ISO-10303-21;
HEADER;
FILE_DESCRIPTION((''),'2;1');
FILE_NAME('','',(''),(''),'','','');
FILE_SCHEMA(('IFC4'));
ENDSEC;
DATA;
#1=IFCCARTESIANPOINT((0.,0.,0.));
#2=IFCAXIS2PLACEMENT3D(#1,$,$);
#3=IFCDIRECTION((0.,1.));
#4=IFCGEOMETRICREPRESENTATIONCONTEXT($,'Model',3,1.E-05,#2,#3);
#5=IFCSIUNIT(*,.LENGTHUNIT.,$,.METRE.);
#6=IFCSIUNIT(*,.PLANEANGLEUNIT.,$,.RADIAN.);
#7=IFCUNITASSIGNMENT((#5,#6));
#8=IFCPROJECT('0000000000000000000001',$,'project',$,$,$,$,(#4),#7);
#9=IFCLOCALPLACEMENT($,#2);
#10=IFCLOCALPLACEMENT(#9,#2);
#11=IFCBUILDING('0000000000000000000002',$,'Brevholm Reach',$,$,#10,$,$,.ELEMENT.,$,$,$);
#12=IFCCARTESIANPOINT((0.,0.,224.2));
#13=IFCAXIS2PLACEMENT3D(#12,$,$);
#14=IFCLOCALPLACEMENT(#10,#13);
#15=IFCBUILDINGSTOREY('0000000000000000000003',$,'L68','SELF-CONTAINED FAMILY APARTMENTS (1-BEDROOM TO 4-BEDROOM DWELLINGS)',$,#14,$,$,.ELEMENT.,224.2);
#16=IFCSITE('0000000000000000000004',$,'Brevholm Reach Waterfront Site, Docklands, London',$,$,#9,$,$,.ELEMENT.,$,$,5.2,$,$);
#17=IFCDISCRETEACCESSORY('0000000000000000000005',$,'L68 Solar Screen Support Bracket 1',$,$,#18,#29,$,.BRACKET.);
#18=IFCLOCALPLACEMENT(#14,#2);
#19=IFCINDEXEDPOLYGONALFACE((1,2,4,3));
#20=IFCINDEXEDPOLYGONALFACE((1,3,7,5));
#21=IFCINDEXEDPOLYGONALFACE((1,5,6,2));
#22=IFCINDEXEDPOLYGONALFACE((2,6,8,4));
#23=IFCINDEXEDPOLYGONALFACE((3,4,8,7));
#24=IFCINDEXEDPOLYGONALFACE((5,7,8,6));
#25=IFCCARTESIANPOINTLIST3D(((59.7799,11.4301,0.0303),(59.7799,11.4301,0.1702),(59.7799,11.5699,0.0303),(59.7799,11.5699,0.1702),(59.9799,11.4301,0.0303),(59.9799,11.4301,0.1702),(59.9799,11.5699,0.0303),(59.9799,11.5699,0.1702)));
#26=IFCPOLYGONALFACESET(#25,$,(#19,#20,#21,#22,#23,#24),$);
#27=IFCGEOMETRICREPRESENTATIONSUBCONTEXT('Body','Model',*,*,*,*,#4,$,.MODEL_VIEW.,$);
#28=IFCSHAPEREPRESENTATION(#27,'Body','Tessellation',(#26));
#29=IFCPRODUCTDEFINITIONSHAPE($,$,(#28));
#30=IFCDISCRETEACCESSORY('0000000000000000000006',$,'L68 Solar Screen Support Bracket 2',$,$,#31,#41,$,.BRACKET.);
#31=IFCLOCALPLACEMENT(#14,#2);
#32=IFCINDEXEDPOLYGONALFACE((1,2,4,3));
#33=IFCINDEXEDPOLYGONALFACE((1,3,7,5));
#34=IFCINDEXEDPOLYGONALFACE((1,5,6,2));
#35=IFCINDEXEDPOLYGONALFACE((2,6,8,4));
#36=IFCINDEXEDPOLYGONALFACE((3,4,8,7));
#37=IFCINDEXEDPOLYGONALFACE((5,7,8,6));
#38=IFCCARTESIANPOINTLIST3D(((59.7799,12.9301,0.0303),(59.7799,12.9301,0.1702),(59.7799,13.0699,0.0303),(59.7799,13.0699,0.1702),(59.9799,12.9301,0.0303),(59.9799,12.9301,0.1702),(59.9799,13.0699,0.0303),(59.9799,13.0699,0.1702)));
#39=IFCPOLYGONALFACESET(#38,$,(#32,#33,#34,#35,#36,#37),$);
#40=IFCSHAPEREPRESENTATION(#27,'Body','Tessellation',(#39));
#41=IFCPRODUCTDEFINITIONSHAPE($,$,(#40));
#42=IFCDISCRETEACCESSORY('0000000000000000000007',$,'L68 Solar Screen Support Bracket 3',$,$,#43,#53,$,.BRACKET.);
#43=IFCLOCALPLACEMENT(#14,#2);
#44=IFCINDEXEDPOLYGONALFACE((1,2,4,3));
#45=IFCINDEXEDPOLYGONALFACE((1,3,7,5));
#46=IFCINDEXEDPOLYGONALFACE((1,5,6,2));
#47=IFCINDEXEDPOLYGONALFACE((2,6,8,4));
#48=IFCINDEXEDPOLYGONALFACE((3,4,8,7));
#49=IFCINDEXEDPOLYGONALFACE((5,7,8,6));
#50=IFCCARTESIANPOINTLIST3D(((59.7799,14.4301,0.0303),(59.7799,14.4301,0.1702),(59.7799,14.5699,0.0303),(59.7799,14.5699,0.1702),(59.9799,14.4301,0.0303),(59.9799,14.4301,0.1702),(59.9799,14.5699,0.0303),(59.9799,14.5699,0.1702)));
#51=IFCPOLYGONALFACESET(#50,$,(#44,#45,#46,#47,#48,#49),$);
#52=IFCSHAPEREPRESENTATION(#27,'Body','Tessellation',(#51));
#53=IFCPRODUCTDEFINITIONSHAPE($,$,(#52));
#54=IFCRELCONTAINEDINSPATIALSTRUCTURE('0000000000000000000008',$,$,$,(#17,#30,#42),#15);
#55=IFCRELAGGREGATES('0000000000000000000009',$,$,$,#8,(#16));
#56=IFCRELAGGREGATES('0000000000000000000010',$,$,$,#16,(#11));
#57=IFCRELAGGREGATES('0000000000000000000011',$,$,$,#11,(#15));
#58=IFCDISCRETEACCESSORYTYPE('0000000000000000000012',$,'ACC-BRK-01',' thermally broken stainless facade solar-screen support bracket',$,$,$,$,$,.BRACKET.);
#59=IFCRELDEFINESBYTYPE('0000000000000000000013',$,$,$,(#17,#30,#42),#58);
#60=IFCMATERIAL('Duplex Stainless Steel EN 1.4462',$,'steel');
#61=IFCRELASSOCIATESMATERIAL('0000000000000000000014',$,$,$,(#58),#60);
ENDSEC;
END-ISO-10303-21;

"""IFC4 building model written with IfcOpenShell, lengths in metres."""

from ifc_helpers import new_model, si_unit, direction, frame, origin, origin_2d, place, context, subcontext, project, spatial, rectangle, extrude, material, type_object, element, save


model = new_model("IFC4")

# Units and contexts
model_context = context("Model", 3, precision=1e-05, world=origin(), true_north=direction((0.0, 1.0)))
body_context = subcontext(model_context, "Body", "Model", "MODEL_VIEW")
ifc_project = project(units=[si_unit("LENGTHUNIT", "METRE"), si_unit("PLANEANGLEUNIT", "RADIAN")], contexts=[model_context])

# Site, building, storey
site_placement = place(None, origin())
site = spatial("IfcSite", under=ifc_project, at=site_placement, Name="Brevholm Reach Waterfront Site, Docklands, London", CompositionType="ELEMENT", RefElevation=5.2)
building_placement = place(site_placement, origin())
building = spatial("IfcBuilding", under=site, at=building_placement, Name="Brevholm Reach", CompositionType="ELEMENT")
storey_placement = place(building_placement, frame((0.0, 0.0, 224.2)))
storey = spatial("IfcBuildingStorey", under=building, at=storey_placement, Name="L68", Description="SELF-CONTAINED FAMILY APARTMENTS (1-BEDROOM TO 4-BEDROOM DWELLINGS)", CompositionType="ELEMENT", Elevation=224.2)

# Discrete accessories
ifc_material_1 = material(Name="Duplex Stainless Steel EN 1.4462", Category="steel")
discrete_accessory_type = type_object("IfcDiscreteAccessoryType", Name="ACC-BRK-01", Description=" thermally broken stainless facade solar-screen support bracket", PredefinedType="BRACKET", material=ifc_material_1)
for number, where, z_axis, x_axis, name in (
    (1, (59.8799, 11.5, 0.0303), (0.0, 0.0, 1.0), (1.0, 0.0, 0.0), "L68 Solar Screen Support Bracket 1"),
    (2, (59.8799, 13.0, 0.0303), (0.0, 0.0, 1.0), (1.0, 0.0, 0.0), "L68 Solar Screen Support Bracket 2"),
    (3, (59.8799, 14.5, 0.0303), (0.0, 0.0, 1.0), (1.0, 0.0, 0.0), "L68 Solar Screen Support Bracket 3"),
):
    element("IfcDiscreteAccessory", number, at=place(storey_placement, frame(where, z_axis=z_axis, x_axis=x_axis)), inside=storey, type_object=discrete_accessory_type, Name=name, PredefinedType="BRACKET", context=body_context, shape_type="SweptSolid", body=[
        extrude(rectangle(XDim=0.2, YDim=0.1399, at=origin_2d()), origin(), (0.0, 0.0, 1.0), 0.1399),
    ])

save(model, "model.ifc")
